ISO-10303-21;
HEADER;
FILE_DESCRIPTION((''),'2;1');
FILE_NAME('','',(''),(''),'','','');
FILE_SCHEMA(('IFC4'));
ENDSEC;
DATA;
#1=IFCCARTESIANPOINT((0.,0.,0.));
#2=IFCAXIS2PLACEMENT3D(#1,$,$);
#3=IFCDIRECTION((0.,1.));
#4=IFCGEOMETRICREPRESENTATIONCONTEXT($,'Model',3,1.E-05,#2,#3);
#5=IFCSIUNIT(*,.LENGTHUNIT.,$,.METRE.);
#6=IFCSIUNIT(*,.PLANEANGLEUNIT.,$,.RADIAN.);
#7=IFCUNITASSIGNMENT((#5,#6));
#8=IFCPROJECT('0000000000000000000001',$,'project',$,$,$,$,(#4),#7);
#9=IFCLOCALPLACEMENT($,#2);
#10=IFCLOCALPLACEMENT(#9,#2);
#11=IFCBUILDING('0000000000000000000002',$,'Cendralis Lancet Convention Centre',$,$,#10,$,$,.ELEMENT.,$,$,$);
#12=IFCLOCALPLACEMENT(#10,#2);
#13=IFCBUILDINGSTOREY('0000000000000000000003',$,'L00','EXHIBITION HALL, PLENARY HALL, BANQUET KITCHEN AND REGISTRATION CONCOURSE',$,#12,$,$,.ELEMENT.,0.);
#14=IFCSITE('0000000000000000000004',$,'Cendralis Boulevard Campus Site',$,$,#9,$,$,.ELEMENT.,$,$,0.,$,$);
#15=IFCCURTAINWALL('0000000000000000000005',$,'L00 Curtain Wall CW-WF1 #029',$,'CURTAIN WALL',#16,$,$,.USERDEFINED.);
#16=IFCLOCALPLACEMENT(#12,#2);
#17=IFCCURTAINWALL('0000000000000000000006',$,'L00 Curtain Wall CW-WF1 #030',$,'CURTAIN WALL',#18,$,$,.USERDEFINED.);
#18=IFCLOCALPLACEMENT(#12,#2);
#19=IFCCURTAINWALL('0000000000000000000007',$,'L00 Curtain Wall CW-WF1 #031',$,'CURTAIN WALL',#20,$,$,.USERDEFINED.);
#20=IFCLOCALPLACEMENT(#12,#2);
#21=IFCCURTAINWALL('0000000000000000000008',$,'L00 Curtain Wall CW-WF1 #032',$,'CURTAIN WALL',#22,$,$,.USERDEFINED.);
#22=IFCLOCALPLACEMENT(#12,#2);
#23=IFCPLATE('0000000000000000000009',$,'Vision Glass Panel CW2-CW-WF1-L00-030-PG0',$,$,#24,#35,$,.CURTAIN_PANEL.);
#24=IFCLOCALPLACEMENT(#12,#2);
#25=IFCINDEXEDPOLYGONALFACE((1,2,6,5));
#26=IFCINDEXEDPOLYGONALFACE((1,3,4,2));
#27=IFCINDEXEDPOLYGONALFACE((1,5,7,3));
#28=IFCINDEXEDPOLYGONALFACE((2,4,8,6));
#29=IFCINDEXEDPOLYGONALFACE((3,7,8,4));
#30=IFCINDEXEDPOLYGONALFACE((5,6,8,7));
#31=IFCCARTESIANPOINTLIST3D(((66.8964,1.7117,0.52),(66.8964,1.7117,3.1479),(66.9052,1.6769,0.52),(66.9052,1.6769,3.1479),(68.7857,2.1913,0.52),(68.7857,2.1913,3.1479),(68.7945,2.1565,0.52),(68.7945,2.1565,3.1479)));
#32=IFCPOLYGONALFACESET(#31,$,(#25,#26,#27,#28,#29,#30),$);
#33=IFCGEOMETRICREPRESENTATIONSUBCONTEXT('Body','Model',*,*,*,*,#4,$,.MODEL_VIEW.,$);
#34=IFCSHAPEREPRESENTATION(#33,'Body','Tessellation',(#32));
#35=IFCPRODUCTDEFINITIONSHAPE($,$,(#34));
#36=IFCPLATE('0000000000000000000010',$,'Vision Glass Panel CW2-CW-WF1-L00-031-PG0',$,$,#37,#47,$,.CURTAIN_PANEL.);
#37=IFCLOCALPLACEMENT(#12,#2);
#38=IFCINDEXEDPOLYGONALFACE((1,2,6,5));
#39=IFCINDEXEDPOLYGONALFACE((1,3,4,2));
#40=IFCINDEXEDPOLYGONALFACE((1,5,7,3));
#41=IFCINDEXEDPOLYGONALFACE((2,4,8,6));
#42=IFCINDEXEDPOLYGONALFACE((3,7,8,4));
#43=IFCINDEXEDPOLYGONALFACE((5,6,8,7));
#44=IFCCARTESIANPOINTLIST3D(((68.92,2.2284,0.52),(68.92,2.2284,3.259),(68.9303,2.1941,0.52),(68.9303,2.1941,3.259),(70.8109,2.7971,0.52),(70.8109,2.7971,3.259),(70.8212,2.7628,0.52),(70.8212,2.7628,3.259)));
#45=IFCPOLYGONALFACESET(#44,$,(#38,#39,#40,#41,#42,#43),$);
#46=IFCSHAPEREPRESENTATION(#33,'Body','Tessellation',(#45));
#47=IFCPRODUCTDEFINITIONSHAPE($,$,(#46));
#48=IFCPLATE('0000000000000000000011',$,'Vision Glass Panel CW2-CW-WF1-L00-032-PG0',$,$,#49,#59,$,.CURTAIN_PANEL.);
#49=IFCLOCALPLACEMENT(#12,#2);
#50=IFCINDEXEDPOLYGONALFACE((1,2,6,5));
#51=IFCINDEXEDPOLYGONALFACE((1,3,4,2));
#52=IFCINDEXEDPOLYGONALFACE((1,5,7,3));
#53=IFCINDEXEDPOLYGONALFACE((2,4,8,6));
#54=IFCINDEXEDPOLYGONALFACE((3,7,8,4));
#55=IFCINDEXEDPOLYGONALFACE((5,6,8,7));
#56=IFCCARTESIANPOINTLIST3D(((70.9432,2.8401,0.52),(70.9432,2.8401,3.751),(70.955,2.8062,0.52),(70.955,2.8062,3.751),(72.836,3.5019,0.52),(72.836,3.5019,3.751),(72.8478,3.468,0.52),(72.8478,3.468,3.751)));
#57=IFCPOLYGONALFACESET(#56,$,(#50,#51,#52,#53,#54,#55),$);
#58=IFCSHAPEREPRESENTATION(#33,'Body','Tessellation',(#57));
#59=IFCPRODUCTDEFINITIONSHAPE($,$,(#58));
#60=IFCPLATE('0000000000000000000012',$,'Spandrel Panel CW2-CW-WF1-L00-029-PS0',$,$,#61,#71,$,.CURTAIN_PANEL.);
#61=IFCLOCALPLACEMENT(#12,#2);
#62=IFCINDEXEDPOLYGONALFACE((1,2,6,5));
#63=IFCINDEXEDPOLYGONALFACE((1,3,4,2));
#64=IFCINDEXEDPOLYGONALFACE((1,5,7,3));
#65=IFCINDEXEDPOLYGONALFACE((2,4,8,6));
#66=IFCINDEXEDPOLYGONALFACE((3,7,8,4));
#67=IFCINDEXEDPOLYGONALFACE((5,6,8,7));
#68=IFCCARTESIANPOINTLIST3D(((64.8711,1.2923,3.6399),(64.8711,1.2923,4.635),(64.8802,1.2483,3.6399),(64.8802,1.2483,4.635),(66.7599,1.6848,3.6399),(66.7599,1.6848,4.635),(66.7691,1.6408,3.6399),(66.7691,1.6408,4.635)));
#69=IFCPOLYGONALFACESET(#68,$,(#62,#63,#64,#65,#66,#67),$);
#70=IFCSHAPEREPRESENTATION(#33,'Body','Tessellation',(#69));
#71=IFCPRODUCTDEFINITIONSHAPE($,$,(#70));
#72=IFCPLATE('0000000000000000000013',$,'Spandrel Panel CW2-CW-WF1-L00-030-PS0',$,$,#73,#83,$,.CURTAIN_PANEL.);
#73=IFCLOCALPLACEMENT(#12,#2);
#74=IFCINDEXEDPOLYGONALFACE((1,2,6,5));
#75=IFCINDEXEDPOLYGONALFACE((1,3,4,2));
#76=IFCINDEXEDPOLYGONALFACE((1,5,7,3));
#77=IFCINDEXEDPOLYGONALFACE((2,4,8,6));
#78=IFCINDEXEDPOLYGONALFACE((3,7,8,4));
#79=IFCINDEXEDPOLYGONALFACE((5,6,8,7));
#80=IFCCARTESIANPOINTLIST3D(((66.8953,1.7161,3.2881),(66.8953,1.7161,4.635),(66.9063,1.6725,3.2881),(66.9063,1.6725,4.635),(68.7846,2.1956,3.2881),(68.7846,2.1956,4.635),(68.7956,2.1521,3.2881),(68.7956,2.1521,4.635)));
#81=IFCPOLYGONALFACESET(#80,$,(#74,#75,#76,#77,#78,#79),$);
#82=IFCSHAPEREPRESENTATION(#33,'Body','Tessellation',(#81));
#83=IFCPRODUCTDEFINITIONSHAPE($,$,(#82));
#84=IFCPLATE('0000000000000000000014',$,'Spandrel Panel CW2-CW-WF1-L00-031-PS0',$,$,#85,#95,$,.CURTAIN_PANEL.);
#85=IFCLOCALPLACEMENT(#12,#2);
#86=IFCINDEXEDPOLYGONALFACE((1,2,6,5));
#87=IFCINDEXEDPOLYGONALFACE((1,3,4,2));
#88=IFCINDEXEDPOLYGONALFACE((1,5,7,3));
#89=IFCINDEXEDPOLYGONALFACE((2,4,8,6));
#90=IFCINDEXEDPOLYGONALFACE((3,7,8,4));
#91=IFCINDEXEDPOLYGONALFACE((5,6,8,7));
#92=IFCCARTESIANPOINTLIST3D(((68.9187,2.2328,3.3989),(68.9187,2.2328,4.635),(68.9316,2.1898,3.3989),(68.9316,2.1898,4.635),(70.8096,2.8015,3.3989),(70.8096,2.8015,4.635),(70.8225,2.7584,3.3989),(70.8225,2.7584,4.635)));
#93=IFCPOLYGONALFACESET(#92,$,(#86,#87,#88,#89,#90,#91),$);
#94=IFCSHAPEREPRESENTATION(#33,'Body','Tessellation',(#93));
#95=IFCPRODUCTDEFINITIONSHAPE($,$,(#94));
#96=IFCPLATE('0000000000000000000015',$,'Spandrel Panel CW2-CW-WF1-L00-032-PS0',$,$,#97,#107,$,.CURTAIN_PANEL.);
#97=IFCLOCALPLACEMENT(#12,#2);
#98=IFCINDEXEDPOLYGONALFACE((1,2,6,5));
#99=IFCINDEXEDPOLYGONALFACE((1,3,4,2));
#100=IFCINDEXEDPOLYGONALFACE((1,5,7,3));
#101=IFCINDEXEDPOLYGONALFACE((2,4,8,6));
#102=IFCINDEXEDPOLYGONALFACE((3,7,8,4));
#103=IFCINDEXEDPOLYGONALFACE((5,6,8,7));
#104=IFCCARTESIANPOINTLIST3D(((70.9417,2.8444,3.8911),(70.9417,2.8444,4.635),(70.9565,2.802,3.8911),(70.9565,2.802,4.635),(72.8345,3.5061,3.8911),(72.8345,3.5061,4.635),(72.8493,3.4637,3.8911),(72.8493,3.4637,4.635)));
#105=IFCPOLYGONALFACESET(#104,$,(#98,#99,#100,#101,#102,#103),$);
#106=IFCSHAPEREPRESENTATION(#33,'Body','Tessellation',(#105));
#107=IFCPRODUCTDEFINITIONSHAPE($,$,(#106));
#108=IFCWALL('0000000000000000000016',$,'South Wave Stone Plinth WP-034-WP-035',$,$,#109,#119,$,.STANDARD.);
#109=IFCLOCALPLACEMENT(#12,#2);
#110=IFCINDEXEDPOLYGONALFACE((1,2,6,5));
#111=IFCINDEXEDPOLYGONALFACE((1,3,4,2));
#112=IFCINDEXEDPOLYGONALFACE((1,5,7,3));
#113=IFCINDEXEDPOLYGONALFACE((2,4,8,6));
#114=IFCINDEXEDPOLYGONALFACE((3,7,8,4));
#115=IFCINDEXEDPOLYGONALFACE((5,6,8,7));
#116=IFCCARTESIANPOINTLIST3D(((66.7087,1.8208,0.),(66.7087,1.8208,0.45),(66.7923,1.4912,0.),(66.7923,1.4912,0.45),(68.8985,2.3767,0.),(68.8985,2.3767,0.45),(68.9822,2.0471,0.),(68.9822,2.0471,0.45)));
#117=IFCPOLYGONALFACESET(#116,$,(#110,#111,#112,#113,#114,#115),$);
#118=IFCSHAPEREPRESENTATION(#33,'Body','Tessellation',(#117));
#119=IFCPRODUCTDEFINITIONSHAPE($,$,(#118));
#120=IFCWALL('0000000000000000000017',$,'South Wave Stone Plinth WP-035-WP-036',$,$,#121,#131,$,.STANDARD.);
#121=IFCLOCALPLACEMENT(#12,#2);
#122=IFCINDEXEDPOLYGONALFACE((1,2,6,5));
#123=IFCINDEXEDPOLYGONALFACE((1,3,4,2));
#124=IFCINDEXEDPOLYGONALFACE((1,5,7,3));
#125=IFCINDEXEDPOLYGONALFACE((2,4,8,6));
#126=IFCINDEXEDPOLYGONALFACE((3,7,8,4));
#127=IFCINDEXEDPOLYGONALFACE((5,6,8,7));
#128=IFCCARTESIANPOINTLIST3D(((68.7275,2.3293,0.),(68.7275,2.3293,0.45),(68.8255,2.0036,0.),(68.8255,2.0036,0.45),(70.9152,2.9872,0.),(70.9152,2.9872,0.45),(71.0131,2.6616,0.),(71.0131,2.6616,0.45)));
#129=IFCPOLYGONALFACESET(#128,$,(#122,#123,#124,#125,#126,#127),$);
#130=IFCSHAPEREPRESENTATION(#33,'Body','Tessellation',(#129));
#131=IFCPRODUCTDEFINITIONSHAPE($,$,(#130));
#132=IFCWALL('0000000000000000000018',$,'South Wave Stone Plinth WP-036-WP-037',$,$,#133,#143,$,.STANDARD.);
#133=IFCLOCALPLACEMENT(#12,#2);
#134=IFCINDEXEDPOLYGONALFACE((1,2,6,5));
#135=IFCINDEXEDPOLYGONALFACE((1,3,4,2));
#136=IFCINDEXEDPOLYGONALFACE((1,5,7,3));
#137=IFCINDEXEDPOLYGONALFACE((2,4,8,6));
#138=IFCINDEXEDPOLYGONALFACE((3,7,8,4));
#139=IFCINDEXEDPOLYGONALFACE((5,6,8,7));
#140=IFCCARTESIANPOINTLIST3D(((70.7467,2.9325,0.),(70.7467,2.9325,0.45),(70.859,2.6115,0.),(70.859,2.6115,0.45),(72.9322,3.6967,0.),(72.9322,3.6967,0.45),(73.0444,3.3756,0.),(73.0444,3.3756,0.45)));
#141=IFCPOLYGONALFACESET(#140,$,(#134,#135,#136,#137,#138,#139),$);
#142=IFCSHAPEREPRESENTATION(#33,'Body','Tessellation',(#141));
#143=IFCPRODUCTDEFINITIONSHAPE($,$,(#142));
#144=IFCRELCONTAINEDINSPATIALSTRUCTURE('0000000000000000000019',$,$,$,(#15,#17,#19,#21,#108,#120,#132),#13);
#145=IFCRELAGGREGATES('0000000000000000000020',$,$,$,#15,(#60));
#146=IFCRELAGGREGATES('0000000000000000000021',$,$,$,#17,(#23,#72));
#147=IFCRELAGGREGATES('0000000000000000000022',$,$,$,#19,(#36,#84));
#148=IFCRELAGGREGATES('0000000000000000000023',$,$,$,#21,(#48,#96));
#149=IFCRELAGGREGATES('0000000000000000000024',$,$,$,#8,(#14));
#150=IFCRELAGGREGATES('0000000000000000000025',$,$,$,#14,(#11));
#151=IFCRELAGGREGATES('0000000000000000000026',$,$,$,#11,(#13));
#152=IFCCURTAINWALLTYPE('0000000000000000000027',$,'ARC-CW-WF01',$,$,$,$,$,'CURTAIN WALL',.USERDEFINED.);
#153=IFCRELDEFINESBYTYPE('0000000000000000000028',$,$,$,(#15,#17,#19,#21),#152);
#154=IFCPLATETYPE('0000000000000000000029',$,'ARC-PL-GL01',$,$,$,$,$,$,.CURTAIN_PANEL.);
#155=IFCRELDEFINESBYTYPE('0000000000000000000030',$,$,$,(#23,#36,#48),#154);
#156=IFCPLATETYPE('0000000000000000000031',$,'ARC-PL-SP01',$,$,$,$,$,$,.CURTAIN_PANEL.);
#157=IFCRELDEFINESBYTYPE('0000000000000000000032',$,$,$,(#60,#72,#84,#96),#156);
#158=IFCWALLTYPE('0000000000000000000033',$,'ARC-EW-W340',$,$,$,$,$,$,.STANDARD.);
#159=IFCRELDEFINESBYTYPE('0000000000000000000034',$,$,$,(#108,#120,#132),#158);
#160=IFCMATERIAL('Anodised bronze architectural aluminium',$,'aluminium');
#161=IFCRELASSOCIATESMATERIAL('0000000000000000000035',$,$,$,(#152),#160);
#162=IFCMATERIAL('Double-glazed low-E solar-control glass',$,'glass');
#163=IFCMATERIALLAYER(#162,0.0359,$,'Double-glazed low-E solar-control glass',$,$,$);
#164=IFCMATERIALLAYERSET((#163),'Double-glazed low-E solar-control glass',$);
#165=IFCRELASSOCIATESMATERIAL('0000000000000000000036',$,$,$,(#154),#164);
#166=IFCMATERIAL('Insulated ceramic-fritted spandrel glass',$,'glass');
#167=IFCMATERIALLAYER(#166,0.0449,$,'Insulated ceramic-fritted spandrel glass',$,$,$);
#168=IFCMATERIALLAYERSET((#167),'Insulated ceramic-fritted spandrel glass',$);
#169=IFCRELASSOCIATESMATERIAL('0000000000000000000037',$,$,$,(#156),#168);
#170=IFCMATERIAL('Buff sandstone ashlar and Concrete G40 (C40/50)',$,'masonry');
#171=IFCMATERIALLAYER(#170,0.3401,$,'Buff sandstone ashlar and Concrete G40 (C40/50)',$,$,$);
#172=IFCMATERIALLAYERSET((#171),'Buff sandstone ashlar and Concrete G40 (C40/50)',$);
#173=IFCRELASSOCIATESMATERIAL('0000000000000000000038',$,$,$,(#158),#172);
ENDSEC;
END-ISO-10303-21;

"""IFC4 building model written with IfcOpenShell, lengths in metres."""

from ifc_helpers import new_model, si_unit, direction, frame, frame_2d, origin, origin_2d, place, context, subcontext, project, spatial, rectangle, extrude, material, layer, layer_set, type_object, element, aggregate, save


model = new_model("IFC4")

# Units and contexts
model_context = context("Model", 3, precision=1e-05, world=origin(), true_north=direction((0.0, 1.0)))
body_context = subcontext(model_context, "Body", "Model", "MODEL_VIEW")
ifc_project = project(units=[si_unit("LENGTHUNIT", "METRE"), si_unit("PLANEANGLEUNIT", "RADIAN")], contexts=[model_context])

# Site, building, storey
site_placement = place(None, origin())
site = spatial("IfcSite", under=ifc_project, at=site_placement, Name="Cendralis Boulevard Campus Site", CompositionType="ELEMENT", RefElevation=0.0)
building_placement = place(site_placement, origin())
building = spatial("IfcBuilding", under=site, at=building_placement, Name="Cendralis Lancet Convention Centre", CompositionType="ELEMENT")
storey_placement = place(building_placement, origin())
storey = spatial("IfcBuildingStorey", under=building, at=storey_placement, Name="L00", Description="EXHIBITION HALL, PLENARY HALL, BANQUET KITCHEN AND REGISTRATION CONCOURSE", CompositionType="ELEMENT", Elevation=0.0)

# Curtain wall
ifc_material_1 = material(Name="Anodised bronze architectural aluminium", Category="aluminium")
curtain_wall_type = type_object("IfcCurtainWallType", Name="ARC-CW-WF01", ElementType="CURTAIN WALL", PredefinedType="USERDEFINED", material=ifc_material_1)
curtain_wall_1_placement = place(storey_placement, origin())
curtain_wall_1 = element("IfcCurtainWall", 1, at=curtain_wall_1_placement, inside=storey, type_object=curtain_wall_type, Name="L00 Curtain Wall CW-WF1 #029", ObjectType="CURTAIN WALL", PredefinedType="USERDEFINED")

# Curtain walls
curtain_wall_2_placement = place(storey_placement, origin())
curtain_wall_2 = element("IfcCurtainWall", 2, at=curtain_wall_2_placement, inside=storey, type_object=curtain_wall_type, Name="L00 Curtain Wall CW-WF1 #030", ObjectType="CURTAIN WALL", PredefinedType="USERDEFINED")
curtain_wall_3_placement = place(storey_placement, origin())
curtain_wall_3 = element("IfcCurtainWall", 3, at=curtain_wall_3_placement, inside=storey, type_object=curtain_wall_type, Name="L00 Curtain Wall CW-WF1 #031", ObjectType="CURTAIN WALL", PredefinedType="USERDEFINED")
curtain_wall_4_placement = place(storey_placement, origin())
curtain_wall_4 = element("IfcCurtainWall", 4, at=curtain_wall_4_placement, inside=storey, type_object=curtain_wall_type, Name="L00 Curtain Wall CW-WF1 #032", ObjectType="CURTAIN WALL", PredefinedType="USERDEFINED")

# Plates
ifc_material_2 = material(Name="Double-glazed low-E solar-control glass", Category="glass")
ifc_layer_1 = layer(ifc_material_2, 0.0359, Name="Double-glazed low-E solar-control glass")
ifc_layer_set_1 = layer_set([ifc_layer_1], Name="Double-glazed low-E solar-control glass")
plate_type_1 = type_object("IfcPlateType", Name="ARC-PL-GL01", PredefinedType="CURTAIN_PANEL", material=ifc_layer_set_1)
plate_1_placement = place(storey_placement, frame((67.8455, 1.9341, 0.52), z_axis=(0.0, 0.0, 1.0), x_axis=(0.969263, 0.246025, 0.0)))
plate_1 = element("IfcPlate", 5, at=plate_1_placement, type_object=plate_type_1, Name="Vision Glass Panel CW2-CW-WF1-L00-030-PG0", PredefinedType="CURTAIN_PANEL", context=body_context, shape_type="SweptSolid", body=[
    extrude(rectangle(XDim=1.9492, YDim=0.0359, at=origin_2d()), origin(), (0.0, 0.0, 1.0), 2.6279),
])
plate_2_placement = place(storey_placement, frame((69.8706, 2.4956, 0.52), z_axis=(0.0, 0.0, 1.0), x_axis=(0.957631, 0.287999, 0.0)))
plate_2 = element("IfcPlate", 6, at=plate_2_placement, type_object=plate_type_1, Name="Vision Glass Panel CW2-CW-WF1-L00-031-PG0", PredefinedType="CURTAIN_PANEL", context=body_context, shape_type="SweptSolid", body=[
    extrude(rectangle(XDim=1.9746, YDim=0.0359, at=origin_2d()), origin(), (0.0, 0.0, 1.0), 2.739),
])
plate_3_placement = place(storey_placement, frame((71.8955, 3.1541, 0.52), z_axis=(0.0, 0.0, 1.0), x_axis=(0.943967, 0.330039, 0.0)))
plate_3 = element("IfcPlate", 7, at=plate_3_placement, type_object=plate_type_1, Name="Vision Glass Panel CW2-CW-WF1-L00-032-PG0", PredefinedType="CURTAIN_PANEL", context=body_context, shape_type="SweptSolid", body=[
    extrude(rectangle(XDim=2.0051, YDim=0.0359, at=origin_2d()), origin(), (0.0, 0.0, 1.0), 3.231),
])
ifc_material_3 = material(Name="Insulated ceramic-fritted spandrel glass", Category="glass")
ifc_layer_2 = layer(ifc_material_3, 0.0449, Name="Insulated ceramic-fritted spandrel glass")
ifc_layer_set_2 = layer_set([ifc_layer_2], Name="Insulated ceramic-fritted spandrel glass")
plate_type_2 = type_object("IfcPlateType", Name="ARC-PL-SP01", PredefinedType="CURTAIN_PANEL", material=ifc_layer_set_2)
plate_4_placement = place(storey_placement, frame((65.8201, 1.4666, 3.6399), z_axis=(0.0, 0.0, 1.0), x_axis=(0.979085, 0.203452, 0.0)))
plate_4 = element("IfcPlate", 8, at=plate_4_placement, type_object=plate_type_2, Name="Spandrel Panel CW2-CW-WF1-L00-029-PS0", PredefinedType="CURTAIN_PANEL", context=body_context, shape_type="SweptSolid", body=[
    extrude(rectangle(XDim=1.9292, YDim=0.0449, at=origin_2d()), origin(), (0.0, 0.0, 1.0), 0.9951),
])
aggregate(curtain_wall_1, [plate_4])
plate_5_placement = place(storey_placement, frame((67.8455, 1.9341, 3.2881), z_axis=(0.0, 0.0, 1.0), x_axis=(0.969263, 0.246025, 0.0)))
plate_5 = element("IfcPlate", 9, at=plate_5_placement, type_object=plate_type_2, Name="Spandrel Panel CW2-CW-WF1-L00-030-PS0", PredefinedType="CURTAIN_PANEL", context=body_context, shape_type="SweptSolid", body=[
    extrude(rectangle(XDim=1.9492, YDim=0.0449, at=origin_2d()), origin(), (0.0, 0.0, 1.0), 1.3469),
])
aggregate(curtain_wall_2, [plate_1, plate_5])
plate_6_placement = place(storey_placement, frame((69.8706, 2.4956, 3.3989), z_axis=(0.0, 0.0, 1.0), x_axis=(0.957631, 0.287999, 0.0)))
plate_6 = element("IfcPlate", 10, at=plate_6_placement, type_object=plate_type_2, Name="Spandrel Panel CW2-CW-WF1-L00-031-PS0", PredefinedType="CURTAIN_PANEL", context=body_context, shape_type="SweptSolid", body=[
    extrude(rectangle(XDim=1.9746, YDim=0.0449, at=origin_2d()), origin(), (0.0, 0.0, 1.0), 1.2361),
])
aggregate(curtain_wall_3, [plate_2, plate_6])
plate_7_placement = place(storey_placement, frame((71.8955, 3.1541, 3.8911), z_axis=(0.0, 0.0, 1.0), x_axis=(0.943967, 0.330039, 0.0)))
plate_7 = element("IfcPlate", 11, at=plate_7_placement, type_object=plate_type_2, Name="Spandrel Panel CW2-CW-WF1-L00-032-PS0", PredefinedType="CURTAIN_PANEL", context=body_context, shape_type="SweptSolid", body=[
    extrude(rectangle(XDim=2.0051, YDim=0.0449, at=origin_2d()), origin(), (0.0, 0.0, 1.0), 0.7439),
])
aggregate(curtain_wall_4, [plate_3, plate_7])

# Walls
ifc_material_4 = material(Name="Buff sandstone ashlar and Concrete G40 (C40/50)", Category="masonry")
ifc_layer_3 = layer(ifc_material_4, 0.3401, Name="Buff sandstone ashlar and Concrete G40 (C40/50)")
ifc_layer_set_3 = layer_set([ifc_layer_3], Name="Buff sandstone ashlar and Concrete G40 (C40/50)")
wall_type = type_object("IfcWallType", Name="ARC-EW-W340", PredefinedType="STANDARD", material=ifc_layer_set_3)
wall_1_placement = place(storey_placement, frame((66.7505, 1.656, 0.0), z_axis=(0.0, 0.0, 1.0), x_axis=(0.969259, 0.246043, 0.0)))
element("IfcWall", 12, at=wall_1_placement, inside=storey, type_object=wall_type, Name="South Wave Stone Plinth WP-034-WP-035", PredefinedType="STANDARD", context=body_context, shape_type="SweptSolid", body=[
    extrude(rectangle(XDim=2.2593, YDim=0.3401, at=frame_2d((1.1296, 0.0))), origin(), (0.0, 0.0, 1.0), 0.45),
])
wall_2_placement = place(storey_placement, frame((68.7766, 2.1665, 0.0), z_axis=(0.0, 0.0, 1.0), x_axis=(0.957629, 0.288005, 0.0)))
element("IfcWall", 13, at=wall_2_placement, inside=storey, type_object=wall_type, Name="South Wave Stone Plinth WP-035-WP-036", PredefinedType="STANDARD", context=body_context, shape_type="SweptSolid", body=[
    extrude(rectangle(XDim=2.2844, YDim=0.3401, at=frame_2d((1.1421, 0.0))), origin(), (0.0, 0.0, 1.0), 0.45),
])
wall_3_placement = place(storey_placement, frame((70.8027, 2.772, 0.0), z_axis=(0.0, 0.0, 1.0), x_axis=(0.943964, 0.33005, 0.0)))
element("IfcWall", 14, at=wall_3_placement, inside=storey, type_object=wall_type, Name="South Wave Stone Plinth WP-036-WP-037", PredefinedType="STANDARD", context=body_context, shape_type="SweptSolid", body=[
    extrude(rectangle(XDim=2.3152, YDim=0.3401, at=frame_2d((1.1577, 0.0))), origin(), (0.0, 0.0, 1.0), 0.45),
])

save(model, "model.ifc")
